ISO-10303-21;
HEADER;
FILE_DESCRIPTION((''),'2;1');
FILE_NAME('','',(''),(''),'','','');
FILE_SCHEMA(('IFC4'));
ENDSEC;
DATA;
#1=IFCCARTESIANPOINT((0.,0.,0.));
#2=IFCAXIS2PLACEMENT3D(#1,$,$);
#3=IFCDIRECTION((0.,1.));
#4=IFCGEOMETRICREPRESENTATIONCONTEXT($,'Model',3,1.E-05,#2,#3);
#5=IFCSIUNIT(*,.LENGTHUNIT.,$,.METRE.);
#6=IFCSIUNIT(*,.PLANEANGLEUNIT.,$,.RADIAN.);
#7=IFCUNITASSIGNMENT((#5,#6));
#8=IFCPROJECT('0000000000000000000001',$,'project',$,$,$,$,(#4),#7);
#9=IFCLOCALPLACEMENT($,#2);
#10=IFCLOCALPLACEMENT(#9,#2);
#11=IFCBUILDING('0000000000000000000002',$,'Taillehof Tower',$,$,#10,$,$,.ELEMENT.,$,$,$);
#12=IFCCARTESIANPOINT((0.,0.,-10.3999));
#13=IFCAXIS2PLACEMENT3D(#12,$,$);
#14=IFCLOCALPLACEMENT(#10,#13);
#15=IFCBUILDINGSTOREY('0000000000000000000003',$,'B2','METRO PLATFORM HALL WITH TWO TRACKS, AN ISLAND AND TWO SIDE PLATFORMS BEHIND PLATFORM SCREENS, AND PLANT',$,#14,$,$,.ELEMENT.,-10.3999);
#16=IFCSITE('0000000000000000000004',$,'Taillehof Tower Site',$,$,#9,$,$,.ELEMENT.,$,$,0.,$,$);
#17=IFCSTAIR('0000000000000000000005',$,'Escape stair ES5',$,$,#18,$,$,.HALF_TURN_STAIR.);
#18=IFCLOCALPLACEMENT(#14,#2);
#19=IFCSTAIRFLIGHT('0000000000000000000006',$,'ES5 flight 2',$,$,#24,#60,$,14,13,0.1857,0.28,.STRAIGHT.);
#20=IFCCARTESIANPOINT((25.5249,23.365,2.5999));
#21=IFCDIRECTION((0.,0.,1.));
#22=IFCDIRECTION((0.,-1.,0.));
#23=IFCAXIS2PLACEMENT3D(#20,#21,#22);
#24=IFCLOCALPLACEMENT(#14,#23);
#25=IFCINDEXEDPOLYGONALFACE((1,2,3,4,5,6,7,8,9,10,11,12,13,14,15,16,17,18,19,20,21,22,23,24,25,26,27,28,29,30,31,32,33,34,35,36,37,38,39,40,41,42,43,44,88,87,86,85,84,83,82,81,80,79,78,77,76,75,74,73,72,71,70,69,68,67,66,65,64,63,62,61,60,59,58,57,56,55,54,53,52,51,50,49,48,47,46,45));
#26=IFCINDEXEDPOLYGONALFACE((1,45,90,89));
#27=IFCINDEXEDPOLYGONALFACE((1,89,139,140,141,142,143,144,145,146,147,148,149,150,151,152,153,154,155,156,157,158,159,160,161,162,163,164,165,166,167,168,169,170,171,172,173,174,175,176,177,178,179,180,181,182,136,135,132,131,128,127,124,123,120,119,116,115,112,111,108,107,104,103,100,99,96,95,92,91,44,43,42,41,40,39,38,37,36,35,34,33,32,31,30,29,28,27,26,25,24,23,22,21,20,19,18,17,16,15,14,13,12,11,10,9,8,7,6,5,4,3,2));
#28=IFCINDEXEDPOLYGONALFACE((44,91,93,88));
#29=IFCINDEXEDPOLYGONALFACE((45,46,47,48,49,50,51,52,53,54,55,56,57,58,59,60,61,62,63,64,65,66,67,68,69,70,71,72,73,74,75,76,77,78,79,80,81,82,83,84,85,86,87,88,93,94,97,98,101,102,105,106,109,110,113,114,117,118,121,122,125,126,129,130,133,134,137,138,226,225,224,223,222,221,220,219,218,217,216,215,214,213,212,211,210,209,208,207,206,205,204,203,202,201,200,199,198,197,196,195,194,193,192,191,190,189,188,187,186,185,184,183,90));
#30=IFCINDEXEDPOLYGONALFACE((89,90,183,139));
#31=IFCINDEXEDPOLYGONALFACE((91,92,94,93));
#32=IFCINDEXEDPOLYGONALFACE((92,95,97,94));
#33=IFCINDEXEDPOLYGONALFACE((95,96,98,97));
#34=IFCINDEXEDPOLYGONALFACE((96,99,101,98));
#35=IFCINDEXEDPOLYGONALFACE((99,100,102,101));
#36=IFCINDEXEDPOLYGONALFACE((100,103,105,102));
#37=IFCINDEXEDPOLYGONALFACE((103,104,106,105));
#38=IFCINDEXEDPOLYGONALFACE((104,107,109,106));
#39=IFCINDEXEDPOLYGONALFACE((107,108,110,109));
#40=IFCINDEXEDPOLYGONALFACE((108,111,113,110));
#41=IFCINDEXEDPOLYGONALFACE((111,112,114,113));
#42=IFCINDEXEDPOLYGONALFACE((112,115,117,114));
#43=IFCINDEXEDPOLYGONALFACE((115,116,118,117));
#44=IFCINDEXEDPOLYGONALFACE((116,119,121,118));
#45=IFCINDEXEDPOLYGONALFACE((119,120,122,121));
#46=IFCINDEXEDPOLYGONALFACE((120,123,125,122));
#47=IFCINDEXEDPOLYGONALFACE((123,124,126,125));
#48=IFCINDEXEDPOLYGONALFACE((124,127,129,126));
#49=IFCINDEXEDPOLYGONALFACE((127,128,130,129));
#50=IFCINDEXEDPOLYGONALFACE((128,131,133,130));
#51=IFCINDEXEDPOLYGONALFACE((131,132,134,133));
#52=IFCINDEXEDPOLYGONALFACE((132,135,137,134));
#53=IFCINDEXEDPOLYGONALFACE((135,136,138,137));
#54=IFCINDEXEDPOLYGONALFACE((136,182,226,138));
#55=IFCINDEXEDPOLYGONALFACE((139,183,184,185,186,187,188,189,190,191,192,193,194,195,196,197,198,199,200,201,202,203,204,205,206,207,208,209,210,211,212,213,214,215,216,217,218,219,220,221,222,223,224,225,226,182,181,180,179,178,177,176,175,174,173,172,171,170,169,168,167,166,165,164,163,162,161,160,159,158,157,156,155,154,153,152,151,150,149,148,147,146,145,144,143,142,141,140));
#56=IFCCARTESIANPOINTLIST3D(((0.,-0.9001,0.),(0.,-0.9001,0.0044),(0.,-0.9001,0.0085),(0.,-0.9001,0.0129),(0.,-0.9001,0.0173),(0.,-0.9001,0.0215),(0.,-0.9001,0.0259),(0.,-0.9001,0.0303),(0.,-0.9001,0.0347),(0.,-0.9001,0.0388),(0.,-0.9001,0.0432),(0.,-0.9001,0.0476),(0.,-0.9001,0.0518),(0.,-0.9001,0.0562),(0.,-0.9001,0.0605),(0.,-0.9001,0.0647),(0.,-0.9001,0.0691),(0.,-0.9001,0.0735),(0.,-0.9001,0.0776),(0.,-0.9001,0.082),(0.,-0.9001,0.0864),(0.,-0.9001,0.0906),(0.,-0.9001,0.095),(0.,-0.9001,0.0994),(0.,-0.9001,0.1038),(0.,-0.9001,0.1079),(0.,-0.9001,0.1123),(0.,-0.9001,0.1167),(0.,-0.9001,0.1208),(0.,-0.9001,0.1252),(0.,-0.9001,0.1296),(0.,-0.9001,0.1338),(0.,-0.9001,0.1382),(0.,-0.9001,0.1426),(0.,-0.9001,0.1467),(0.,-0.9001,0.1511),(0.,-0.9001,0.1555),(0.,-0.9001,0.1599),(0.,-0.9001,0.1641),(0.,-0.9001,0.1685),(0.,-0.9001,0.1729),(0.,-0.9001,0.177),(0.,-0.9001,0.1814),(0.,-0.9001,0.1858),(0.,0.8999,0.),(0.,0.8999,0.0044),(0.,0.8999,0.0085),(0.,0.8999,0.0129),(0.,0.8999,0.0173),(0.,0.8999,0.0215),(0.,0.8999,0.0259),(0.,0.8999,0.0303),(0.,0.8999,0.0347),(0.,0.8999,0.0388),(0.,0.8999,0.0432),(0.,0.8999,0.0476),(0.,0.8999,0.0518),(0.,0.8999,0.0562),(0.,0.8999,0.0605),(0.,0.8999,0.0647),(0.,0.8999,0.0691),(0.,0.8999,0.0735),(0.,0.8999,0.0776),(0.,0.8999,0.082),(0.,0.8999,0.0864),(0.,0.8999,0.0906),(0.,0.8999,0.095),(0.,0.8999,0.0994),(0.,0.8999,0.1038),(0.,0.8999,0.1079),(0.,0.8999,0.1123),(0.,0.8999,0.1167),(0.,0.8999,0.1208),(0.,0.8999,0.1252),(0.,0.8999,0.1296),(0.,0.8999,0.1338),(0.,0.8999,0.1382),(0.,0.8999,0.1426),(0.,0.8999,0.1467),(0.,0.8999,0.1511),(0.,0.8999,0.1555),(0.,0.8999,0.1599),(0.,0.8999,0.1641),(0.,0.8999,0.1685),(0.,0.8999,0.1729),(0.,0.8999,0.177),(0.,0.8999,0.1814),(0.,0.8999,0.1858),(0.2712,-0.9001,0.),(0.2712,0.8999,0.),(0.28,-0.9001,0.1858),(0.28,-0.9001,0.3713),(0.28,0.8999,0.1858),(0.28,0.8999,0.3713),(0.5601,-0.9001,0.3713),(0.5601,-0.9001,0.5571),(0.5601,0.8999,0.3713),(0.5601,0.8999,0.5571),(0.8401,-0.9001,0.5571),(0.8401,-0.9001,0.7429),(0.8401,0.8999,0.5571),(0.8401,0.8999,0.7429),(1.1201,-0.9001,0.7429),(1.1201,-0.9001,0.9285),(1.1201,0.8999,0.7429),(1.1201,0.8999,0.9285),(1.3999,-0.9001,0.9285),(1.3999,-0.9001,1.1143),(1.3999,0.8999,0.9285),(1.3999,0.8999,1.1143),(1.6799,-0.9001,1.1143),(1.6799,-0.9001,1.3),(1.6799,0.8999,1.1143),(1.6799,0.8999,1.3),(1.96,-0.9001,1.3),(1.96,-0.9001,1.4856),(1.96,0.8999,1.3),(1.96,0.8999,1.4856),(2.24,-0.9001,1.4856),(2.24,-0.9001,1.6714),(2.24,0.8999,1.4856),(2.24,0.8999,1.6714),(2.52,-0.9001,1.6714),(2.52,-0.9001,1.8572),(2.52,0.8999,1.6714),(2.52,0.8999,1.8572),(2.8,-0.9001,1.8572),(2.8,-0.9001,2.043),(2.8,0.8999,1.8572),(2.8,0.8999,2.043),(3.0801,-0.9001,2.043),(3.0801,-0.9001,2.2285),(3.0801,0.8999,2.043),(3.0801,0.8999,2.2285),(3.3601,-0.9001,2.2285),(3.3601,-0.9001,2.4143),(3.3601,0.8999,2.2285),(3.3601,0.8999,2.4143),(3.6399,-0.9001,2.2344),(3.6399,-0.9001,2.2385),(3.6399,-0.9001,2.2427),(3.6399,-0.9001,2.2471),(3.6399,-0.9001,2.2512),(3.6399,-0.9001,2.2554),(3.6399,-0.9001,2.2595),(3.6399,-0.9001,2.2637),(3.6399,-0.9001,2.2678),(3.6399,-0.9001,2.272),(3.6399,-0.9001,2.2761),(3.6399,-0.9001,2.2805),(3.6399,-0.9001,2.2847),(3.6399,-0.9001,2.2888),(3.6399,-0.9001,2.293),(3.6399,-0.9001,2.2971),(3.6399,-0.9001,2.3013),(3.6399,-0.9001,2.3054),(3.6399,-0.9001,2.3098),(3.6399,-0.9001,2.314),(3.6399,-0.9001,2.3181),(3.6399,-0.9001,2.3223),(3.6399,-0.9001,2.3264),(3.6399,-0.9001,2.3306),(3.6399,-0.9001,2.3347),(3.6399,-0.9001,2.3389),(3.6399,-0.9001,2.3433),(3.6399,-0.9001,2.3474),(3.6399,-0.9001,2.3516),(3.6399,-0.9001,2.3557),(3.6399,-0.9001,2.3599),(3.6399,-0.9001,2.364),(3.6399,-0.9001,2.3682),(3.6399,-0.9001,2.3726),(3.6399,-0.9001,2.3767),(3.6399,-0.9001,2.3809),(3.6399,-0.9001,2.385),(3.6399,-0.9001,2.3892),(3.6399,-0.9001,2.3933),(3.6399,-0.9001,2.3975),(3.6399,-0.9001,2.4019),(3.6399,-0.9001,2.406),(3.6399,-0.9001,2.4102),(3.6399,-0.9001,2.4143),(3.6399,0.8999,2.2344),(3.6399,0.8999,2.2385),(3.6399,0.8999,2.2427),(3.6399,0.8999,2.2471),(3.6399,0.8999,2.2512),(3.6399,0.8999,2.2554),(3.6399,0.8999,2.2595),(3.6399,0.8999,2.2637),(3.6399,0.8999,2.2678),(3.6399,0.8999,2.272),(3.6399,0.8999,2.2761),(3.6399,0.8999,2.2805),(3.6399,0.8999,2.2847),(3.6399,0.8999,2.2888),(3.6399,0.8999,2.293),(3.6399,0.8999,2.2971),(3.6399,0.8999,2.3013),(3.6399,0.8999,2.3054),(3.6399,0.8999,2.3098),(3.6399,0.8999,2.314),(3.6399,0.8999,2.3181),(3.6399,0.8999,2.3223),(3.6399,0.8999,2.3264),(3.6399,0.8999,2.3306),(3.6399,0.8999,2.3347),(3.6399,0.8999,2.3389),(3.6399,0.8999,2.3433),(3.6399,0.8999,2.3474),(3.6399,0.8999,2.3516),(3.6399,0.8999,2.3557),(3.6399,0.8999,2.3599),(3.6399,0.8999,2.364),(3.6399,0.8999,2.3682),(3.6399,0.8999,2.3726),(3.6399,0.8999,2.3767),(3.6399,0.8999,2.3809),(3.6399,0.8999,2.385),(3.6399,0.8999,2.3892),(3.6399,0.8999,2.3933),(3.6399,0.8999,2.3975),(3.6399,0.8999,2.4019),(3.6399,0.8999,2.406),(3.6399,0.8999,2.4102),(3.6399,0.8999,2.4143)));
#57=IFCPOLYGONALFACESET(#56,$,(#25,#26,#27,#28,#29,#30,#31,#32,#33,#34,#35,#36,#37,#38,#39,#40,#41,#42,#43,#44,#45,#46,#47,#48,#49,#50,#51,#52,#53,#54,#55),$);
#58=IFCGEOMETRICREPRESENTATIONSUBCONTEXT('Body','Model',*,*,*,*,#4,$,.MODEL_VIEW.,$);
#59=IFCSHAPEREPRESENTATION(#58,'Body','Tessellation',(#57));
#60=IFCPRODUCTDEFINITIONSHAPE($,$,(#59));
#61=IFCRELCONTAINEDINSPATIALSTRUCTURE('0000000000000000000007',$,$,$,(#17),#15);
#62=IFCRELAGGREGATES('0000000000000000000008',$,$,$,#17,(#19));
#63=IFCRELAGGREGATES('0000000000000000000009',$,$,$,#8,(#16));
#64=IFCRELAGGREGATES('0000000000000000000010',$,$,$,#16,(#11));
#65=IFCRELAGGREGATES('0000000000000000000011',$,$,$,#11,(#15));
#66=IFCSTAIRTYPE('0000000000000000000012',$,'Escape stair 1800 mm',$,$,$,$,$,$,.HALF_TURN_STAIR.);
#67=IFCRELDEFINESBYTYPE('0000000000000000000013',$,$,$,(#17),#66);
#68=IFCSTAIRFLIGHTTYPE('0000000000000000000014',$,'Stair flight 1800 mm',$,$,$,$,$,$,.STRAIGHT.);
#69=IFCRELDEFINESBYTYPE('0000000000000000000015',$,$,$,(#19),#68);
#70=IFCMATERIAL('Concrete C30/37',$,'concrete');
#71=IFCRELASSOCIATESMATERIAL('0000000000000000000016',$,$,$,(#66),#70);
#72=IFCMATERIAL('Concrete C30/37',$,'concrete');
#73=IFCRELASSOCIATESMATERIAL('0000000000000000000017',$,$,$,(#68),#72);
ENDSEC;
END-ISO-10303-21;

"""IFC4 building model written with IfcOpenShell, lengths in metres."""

from ifc_helpers import new_model, si_unit, direction, frame, origin, place, context, subcontext, project, spatial, polyline, outline, extrude, material, type_object, element, aggregate, save


model = new_model("IFC4")

# Units and contexts
model_context = context("Model", 3, precision=1e-05, world=origin(), true_north=direction((0.0, 1.0)))
body_context = subcontext(model_context, "Body", "Model", "MODEL_VIEW")
ifc_project = project(units=[si_unit("LENGTHUNIT", "METRE"), si_unit("PLANEANGLEUNIT", "RADIAN")], contexts=[model_context])

# Site, building, storey
site_placement = place(None, origin())
site = spatial("IfcSite", under=ifc_project, at=site_placement, Name="Taillehof Tower Site", CompositionType="ELEMENT", RefElevation=0.0)
building_placement = place(site_placement, origin())
building = spatial("IfcBuilding", under=site, at=building_placement, Name="Taillehof Tower", CompositionType="ELEMENT")
storey_placement = place(building_placement, frame((0.0, 0.0, -10.3999)))
storey = spatial("IfcBuildingStorey", under=building, at=storey_placement, Name="B2", Description="METRO PLATFORM HALL WITH TWO TRACKS, AN ISLAND AND TWO SIDE PLATFORMS BEHIND PLATFORM SCREENS, AND PLANT", CompositionType="ELEMENT", Elevation=-10.3999)

# Stair, stair flight
ifc_material_1 = material(Name="Concrete C30/37", Category="concrete")
stair_type = type_object("IfcStairType", Name="Escape stair 1800 mm", PredefinedType="HALF_TURN_STAIR", material=ifc_material_1)
stair_placement = place(storey_placement, origin())
stair = element("IfcStair", 1, at=stair_placement, inside=storey, type_object=stair_type, Name="Escape stair ES5", PredefinedType="HALF_TURN_STAIR")
ifc_material_2 = material(Name="Concrete C30/37", Category="concrete")
stair_flight_type = type_object("IfcStairFlightType", Name="Stair flight 1800 mm", PredefinedType="STRAIGHT", material=ifc_material_2)
stair_flight_1_placement = place(storey_placement, frame((25.5249, 23.365, 2.5999), z_axis=(0.0, 0.0, 1.0), x_axis=(0.0, -1.0, 0.0)))
stair_flight_1 = element("IfcStairFlight", 2, at=stair_flight_1_placement, type_object=stair_flight_type, Name="ES5 flight 2", NumberOfRisers=14, NumberOfTreads=13, PredefinedType="STRAIGHT", RiserHeight=0.1857, TreadLength=0.28, context=body_context, shape_type="SweptSolid", body=[
    extrude(outline(polyline([(0.0, 0.0), (0.0, 0.0044), (0.0, 0.0085), (0.0, 0.0129), (0.0, 0.0173), (0.0, 0.0215), (0.0, 0.0259), (0.0, 0.0303), (0.0, 0.0347), (0.0, 0.0388), (0.0, 0.0432), (0.0, 0.0476), (0.0, 0.0518), (0.0, 0.0562), (0.0, 0.0605), (0.0, 0.0647), (0.0, 0.0691), (0.0, 0.0735), (0.0, 0.0776), (0.0, 0.082), (0.0, 0.0864), (0.0, 0.0906), (0.0, 0.095), (0.0, 0.0994), (0.0, 0.1038), (0.0, 0.1079), (0.0, 0.1123), (0.0, 0.1167), (0.0, 0.1208), (0.0, 0.1252), (0.0, 0.1296), (0.0, 0.1338), (0.0, 0.1382), (0.0, 0.1426), (0.0, 0.1467), (0.0, 0.1511), (0.0, 0.1555), (0.0, 0.1599), (0.0, 0.1641), (0.0, 0.1685), (0.0, 0.1729), (0.0, 0.177), (0.0, 0.1814), (0.0, 0.1858), (0.28, 0.1858), (0.28, 0.3713), (0.5601, 0.3713), (0.5601, 0.5571), (0.8401, 0.5571), (0.8401, 0.7429), (1.1201, 0.7429), (1.1201, 0.9285), (1.3999, 0.9285), (1.3999, 1.1143), (1.6799, 1.1143), (1.6799, 1.3), (1.96, 1.3), (1.96, 1.4856), (2.24, 1.4856), (2.24, 1.6714), (2.52, 1.6714), (2.52, 1.8572), (2.8, 1.8572), (2.8, 2.043), (3.0801, 2.043), (3.0801, 2.2285), (3.3601, 2.2285), (3.3601, 2.4143), (3.6399, 2.4143), (3.6399, 2.4102), (3.6399, 2.406), (3.6399, 2.4019), (3.6399, 2.3975), (3.6399, 2.3933), (3.6399, 2.3892), (3.6399, 2.385), (3.6399, 2.3809), (3.6399, 2.3767), (3.6399, 2.3726), (3.6399, 2.3682), (3.6399, 2.364), (3.6399, 2.3599), (3.6399, 2.3557), (3.6399, 2.3516), (3.6399, 2.3474), (3.6399, 2.3433), (3.6399, 2.3389), (3.6399, 2.3347), (3.6399, 2.3306), (3.6399, 2.3264), (3.6399, 2.3223), (3.6399, 2.3181), (3.6399, 2.314), (3.6399, 2.3098), (3.6399, 2.3054), (3.6399, 2.3013), (3.6399, 2.2971), (3.6399, 2.293), (3.6399, 2.2888), (3.6399, 2.2847), (3.6399, 2.2805), (3.6399, 2.2761), (3.6399, 2.272), (3.6399, 2.2678), (3.6399, 2.2637), (3.6399, 2.2595), (3.6399, 2.2554), (3.6399, 2.2512), (3.6399, 2.2471), (3.6399, 2.2427), (3.6399, 2.2385), (3.6399, 2.2344), (0.2712, 0.0), (0.0, 0.0)])), frame((0.0, 0.8999, 0.0), z_axis=(0.0, -1.0, 0.0), x_axis=(1.0, 0.0, 0.0)), (0.0, 0.0, 1.0), 1.8),
])
aggregate(stair, [stair_flight_1])

save(model, "model.ifc")
